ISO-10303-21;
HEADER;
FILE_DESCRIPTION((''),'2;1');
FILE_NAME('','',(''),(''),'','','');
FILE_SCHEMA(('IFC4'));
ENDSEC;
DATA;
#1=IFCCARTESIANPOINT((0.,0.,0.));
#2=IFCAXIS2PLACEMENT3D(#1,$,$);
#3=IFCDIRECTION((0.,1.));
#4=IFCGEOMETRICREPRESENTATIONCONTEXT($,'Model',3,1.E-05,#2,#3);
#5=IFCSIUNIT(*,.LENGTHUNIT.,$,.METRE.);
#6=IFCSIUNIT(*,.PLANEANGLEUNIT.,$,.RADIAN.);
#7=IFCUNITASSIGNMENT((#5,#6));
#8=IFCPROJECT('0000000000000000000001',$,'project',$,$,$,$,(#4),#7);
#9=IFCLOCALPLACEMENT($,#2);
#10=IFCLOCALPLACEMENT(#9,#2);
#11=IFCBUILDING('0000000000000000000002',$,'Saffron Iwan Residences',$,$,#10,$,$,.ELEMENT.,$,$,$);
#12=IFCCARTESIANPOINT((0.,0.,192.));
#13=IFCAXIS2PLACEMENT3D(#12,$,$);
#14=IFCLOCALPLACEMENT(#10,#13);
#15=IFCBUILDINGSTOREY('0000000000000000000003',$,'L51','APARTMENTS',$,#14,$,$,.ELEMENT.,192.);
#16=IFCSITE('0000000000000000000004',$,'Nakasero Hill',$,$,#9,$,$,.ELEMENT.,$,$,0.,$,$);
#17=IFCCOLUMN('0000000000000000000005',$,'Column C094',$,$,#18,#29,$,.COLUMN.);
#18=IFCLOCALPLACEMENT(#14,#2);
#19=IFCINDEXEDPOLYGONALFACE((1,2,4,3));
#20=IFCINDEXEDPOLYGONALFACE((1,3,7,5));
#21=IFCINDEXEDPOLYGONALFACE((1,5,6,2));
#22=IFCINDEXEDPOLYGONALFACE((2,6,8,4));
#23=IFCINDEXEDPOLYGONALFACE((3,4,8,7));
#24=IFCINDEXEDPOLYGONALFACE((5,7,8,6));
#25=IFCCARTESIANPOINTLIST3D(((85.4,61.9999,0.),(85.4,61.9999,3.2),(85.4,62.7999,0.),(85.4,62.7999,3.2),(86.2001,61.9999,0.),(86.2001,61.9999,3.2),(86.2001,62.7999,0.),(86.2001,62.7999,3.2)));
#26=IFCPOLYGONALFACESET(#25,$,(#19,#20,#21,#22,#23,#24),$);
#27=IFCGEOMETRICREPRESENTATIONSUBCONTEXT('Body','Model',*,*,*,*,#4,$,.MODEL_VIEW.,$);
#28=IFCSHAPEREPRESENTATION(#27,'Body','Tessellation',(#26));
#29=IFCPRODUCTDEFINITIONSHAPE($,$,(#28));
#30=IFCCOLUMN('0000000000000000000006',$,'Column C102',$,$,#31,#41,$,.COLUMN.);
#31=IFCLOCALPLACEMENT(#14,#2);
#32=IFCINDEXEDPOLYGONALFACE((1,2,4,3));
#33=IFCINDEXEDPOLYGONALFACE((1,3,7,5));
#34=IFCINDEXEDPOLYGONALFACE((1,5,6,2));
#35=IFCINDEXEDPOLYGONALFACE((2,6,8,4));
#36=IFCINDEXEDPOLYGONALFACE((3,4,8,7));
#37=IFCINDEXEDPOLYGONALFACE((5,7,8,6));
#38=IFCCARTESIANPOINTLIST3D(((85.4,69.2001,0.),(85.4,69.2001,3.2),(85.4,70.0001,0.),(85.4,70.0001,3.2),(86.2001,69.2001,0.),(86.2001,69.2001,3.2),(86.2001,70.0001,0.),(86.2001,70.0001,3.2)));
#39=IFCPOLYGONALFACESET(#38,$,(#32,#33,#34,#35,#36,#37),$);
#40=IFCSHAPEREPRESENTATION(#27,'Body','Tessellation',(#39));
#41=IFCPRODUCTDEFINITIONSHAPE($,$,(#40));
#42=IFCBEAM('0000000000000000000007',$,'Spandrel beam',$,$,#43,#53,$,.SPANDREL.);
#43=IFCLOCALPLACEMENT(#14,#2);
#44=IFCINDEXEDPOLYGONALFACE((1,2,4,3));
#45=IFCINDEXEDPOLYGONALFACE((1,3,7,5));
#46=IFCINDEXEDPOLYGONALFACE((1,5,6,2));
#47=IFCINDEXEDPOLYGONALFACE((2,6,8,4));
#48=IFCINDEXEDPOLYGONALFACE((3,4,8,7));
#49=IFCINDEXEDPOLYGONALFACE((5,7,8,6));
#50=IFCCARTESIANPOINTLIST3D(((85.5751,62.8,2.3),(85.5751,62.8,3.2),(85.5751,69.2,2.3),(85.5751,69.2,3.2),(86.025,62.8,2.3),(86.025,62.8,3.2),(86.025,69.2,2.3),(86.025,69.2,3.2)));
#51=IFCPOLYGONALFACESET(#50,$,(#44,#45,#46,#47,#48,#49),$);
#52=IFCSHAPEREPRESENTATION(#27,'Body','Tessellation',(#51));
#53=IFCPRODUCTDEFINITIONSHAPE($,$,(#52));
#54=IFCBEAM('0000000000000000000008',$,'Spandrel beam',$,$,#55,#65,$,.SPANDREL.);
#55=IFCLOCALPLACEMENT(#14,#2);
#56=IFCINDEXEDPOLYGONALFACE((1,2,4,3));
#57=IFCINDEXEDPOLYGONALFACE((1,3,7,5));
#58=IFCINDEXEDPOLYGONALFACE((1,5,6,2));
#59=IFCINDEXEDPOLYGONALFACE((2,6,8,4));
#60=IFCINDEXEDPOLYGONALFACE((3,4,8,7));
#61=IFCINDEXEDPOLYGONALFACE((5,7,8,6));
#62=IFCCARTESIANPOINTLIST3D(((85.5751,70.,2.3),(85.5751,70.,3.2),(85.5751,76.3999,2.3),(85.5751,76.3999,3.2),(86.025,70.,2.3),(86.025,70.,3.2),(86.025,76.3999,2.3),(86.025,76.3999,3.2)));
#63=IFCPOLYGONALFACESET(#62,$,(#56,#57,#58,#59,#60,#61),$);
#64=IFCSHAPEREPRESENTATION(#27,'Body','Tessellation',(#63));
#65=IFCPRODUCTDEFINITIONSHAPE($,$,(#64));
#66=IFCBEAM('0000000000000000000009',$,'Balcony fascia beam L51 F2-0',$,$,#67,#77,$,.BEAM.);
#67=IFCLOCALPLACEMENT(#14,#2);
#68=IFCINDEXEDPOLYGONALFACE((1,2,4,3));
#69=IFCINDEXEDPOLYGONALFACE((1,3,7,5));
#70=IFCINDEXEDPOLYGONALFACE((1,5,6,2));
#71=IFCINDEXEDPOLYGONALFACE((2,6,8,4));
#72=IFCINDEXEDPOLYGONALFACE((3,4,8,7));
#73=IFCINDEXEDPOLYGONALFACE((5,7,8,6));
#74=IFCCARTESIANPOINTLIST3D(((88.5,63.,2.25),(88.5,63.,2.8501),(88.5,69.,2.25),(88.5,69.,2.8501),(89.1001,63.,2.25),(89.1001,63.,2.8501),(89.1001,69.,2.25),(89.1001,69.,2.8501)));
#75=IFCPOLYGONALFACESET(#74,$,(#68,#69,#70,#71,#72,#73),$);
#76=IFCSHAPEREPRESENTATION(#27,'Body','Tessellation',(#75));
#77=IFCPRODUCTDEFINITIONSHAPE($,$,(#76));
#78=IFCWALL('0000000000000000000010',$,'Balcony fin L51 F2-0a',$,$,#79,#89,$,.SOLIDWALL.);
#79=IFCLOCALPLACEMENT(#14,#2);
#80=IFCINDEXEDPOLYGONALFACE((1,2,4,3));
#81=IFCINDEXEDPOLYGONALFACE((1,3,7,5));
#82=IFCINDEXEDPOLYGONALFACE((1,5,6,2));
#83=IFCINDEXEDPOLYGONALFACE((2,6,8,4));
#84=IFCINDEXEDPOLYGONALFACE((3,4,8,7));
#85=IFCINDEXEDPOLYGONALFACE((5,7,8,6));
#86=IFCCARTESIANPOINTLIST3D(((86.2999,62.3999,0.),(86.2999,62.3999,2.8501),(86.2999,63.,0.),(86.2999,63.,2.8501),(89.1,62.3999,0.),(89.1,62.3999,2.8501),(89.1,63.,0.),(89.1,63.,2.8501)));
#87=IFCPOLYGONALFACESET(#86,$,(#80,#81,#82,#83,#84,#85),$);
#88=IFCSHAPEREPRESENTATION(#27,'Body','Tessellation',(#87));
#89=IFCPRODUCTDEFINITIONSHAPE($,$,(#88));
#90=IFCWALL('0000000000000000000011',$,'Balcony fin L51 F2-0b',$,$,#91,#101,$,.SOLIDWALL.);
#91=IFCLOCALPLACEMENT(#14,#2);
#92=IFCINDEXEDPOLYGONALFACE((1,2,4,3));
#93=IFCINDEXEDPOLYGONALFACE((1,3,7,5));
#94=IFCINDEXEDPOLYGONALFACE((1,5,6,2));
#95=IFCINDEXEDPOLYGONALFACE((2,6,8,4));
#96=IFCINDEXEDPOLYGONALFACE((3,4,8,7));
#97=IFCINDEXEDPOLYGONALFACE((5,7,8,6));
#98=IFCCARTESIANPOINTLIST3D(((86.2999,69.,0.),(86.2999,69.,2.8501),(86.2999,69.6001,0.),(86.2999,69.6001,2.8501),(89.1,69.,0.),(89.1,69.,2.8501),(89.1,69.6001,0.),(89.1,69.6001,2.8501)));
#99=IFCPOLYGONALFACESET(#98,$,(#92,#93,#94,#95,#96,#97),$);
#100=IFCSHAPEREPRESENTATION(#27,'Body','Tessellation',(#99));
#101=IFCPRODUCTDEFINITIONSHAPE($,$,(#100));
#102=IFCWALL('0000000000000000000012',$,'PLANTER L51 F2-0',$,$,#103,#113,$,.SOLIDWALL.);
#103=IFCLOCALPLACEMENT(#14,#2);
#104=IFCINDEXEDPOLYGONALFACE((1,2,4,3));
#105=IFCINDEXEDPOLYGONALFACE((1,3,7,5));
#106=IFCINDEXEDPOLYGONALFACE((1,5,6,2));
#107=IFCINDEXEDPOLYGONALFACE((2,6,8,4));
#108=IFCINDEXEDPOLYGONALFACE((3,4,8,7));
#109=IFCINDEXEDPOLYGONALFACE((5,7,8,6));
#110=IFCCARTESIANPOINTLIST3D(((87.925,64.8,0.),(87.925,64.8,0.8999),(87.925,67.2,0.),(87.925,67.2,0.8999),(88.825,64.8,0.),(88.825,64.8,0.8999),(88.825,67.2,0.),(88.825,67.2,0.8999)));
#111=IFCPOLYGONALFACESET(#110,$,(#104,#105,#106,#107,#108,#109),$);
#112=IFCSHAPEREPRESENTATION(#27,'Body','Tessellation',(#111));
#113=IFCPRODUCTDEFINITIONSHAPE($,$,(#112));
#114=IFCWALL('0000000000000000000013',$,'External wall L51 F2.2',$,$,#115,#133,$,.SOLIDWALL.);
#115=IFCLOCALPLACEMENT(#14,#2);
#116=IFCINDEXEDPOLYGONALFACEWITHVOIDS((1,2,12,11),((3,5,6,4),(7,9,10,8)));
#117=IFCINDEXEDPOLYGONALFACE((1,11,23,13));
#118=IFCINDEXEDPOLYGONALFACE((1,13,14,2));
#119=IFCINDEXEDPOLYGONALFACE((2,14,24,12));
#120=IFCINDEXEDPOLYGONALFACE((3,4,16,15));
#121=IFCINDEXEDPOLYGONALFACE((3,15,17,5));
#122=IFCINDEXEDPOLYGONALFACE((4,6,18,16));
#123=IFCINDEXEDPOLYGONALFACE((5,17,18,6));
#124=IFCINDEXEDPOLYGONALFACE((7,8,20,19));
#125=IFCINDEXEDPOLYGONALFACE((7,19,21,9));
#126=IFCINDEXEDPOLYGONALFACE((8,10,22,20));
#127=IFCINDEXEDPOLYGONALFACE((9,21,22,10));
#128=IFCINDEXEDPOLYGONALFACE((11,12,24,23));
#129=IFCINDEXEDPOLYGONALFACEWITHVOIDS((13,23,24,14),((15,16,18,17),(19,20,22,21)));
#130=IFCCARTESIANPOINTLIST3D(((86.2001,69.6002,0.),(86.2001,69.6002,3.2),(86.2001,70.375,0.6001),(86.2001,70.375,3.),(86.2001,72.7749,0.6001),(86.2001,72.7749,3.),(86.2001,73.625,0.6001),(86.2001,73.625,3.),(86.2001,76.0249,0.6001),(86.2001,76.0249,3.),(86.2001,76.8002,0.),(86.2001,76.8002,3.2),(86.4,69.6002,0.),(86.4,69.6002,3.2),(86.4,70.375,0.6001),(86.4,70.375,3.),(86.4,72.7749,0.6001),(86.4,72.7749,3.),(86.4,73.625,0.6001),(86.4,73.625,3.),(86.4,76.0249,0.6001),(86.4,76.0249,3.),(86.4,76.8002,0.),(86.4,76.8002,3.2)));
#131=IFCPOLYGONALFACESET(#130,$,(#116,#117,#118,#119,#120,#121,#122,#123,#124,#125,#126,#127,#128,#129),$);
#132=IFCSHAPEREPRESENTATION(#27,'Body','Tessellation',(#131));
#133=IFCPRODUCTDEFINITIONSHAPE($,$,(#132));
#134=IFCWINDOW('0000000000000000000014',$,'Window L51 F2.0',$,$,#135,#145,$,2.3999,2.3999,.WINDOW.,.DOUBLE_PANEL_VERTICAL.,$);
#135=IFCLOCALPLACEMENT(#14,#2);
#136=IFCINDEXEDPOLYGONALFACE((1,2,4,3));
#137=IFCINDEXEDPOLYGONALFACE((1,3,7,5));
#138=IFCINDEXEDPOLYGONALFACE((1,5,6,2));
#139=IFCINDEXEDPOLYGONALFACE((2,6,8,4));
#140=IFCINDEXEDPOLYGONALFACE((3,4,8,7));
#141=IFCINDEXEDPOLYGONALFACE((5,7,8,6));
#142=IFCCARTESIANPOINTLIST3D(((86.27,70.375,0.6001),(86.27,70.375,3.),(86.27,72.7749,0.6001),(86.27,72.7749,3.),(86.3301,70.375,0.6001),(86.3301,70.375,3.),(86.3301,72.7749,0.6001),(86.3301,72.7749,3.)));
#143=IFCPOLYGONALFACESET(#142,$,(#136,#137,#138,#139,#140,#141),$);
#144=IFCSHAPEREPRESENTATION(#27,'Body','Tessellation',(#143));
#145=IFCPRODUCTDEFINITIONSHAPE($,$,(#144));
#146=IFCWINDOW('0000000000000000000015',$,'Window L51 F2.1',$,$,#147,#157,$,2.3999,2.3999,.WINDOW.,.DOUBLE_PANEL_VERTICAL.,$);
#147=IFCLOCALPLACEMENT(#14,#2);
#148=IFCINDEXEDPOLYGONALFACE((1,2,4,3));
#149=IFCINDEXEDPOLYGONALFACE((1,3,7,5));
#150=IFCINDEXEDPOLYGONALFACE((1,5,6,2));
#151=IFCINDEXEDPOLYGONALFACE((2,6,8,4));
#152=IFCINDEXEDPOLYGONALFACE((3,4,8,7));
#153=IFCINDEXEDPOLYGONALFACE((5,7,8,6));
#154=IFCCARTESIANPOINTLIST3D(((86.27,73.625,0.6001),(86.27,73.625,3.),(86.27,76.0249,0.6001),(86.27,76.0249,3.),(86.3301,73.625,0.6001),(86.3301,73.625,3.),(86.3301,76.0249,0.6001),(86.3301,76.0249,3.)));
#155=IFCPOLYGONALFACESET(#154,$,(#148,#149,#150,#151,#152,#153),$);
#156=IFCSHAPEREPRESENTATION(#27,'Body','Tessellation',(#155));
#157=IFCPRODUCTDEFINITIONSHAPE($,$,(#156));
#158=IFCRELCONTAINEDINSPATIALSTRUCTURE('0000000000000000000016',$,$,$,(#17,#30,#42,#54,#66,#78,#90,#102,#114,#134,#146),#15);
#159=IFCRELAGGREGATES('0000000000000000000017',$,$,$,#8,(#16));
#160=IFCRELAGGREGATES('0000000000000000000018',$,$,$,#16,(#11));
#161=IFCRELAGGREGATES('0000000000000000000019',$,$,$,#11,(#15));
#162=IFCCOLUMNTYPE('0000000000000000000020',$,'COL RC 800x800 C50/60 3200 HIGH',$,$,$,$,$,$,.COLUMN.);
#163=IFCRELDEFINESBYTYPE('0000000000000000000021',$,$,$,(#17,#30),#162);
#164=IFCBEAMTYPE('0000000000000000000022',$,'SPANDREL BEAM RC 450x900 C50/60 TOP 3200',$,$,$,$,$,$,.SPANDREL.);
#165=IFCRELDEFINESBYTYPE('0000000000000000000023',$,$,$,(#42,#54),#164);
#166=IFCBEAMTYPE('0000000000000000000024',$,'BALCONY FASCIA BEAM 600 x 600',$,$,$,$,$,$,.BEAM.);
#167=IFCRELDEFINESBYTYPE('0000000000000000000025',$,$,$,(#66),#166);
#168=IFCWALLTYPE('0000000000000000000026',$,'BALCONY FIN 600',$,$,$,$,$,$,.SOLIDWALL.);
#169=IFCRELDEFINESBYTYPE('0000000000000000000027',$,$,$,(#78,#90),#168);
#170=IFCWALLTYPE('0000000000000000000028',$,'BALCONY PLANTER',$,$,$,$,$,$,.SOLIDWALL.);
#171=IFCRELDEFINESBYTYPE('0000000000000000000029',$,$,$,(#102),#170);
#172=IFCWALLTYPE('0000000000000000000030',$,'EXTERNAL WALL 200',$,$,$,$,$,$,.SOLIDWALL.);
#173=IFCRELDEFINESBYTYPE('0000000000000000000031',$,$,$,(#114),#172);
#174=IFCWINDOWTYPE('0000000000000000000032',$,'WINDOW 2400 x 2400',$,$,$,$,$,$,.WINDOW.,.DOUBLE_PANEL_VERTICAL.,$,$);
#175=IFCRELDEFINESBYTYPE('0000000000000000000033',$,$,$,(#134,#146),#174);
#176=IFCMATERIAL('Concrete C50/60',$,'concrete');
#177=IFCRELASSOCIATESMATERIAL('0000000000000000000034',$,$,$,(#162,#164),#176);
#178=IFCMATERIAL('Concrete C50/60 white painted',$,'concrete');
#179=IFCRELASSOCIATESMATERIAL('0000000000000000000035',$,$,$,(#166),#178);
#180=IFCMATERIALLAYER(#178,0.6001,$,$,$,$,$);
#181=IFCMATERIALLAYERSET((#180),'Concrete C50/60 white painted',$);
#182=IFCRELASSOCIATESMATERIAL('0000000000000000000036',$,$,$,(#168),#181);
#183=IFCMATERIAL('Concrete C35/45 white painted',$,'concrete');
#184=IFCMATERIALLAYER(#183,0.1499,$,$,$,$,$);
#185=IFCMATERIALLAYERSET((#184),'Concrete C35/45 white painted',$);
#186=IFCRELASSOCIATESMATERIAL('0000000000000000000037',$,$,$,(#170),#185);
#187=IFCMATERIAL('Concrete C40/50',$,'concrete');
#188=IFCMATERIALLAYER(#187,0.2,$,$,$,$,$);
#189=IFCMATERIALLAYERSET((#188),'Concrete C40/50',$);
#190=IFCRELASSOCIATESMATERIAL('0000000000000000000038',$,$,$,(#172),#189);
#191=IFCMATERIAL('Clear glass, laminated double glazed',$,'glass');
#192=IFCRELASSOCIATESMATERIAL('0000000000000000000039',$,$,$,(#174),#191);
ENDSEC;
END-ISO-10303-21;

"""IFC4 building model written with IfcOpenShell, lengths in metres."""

from ifc_helpers import new_model, si_unit, direction, frame, frame_2d, origin, origin_2d, place, context, subcontext, project, spatial, rectangle, extrude, source, transform, mapped, material, layer, layer_set, material_profile, profile_set, type_object, element, fill, save


model = new_model("IFC4")

# Units and contexts
model_context = context("Model", 3, precision=1e-05, world=origin(), true_north=direction((0.0, 1.0)))
body_context = subcontext(model_context, "Body", "Model", "MODEL_VIEW")
ifc_project = project(units=[si_unit("LENGTHUNIT", "METRE"), si_unit("PLANEANGLEUNIT", "RADIAN")], contexts=[model_context])

# Site, building, storey
site_placement = place(None, origin())
site = spatial("IfcSite", under=ifc_project, at=site_placement, Name="Nakasero Hill", CompositionType="ELEMENT", RefElevation=0.0)
building_placement = place(site_placement, origin())
building = spatial("IfcBuilding", under=site, at=building_placement, Name="Saffron Iwan Residences", CompositionType="ELEMENT")
storey_placement = place(building_placement, frame((0.0, 0.0, 192.0)))
storey = spatial("IfcBuildingStorey", under=building, at=storey_placement, Name="L51", Description="APARTMENTS", CompositionType="ELEMENT", Elevation=192.0)

# Columns
ifc_material_1 = material(Name="Concrete C50/60", Category="concrete")
ifc_material_profile_1 = material_profile(ifc_material_1, rectangle(XDim=0.8, YDim=0.8, at=origin_2d()), Name="RC 800x800")
ifc_profile_set_1 = profile_set([ifc_material_profile_1], Name="Concrete C50/60")
column_type = type_object("IfcColumnType", Name="COL RC 800x800 C50/60 3200 HIGH", PredefinedType="COLUMN", material=ifc_profile_set_1)
shared_shape_1 = source(origin(), body_context, "Body", "SweptSolid", [
    extrude(rectangle(XDim=0.8, YDim=0.8, at=origin_2d()), origin(), (0.0, 0.0, 1.0), 3.2),
])
for number, where, z_axis, x_axis, name in (
    (1, (85.8, 62.3999, 0.0), (0.0, 0.0, 1.0), (1.0, 0.0, 0.0), "Column C094"),
    (2, (85.8, 69.6001, 0.0), (0.0, 0.0, 1.0), (1.0, 0.0, 0.0), "Column C102"),
):
    element("IfcColumn", number, at=place(storey_placement, frame(where, z_axis=z_axis, x_axis=x_axis)), inside=storey, type_object=column_type, Name=name, PredefinedType="COLUMN", context=body_context, shape_type="MappedRepresentation", body=[
        mapped(shared_shape_1, transform((0.0, 0.0, 0.0))),
    ])

# Beams
ifc_material_profile_2 = material_profile(ifc_material_1, rectangle(XDim=0.45, YDim=0.8999, at=origin_2d()), Name="RC 450x900")
ifc_profile_set_2 = profile_set([ifc_material_profile_2], Name="Concrete C50/60")
beam_type_1 = type_object("IfcBeamType", Name="SPANDREL BEAM RC 450x900 C50/60 TOP 3200", PredefinedType="SPANDREL", material=ifc_profile_set_2)
shared_shape_2 = source(origin(), body_context, "Body", "SweptSolid", [
    extrude(rectangle(XDim=0.45, YDim=0.8999, at=origin_2d()), origin(), (0.0, 0.0, 1.0), 6.3999),
])
for number, where, z_axis, x_axis, name in (
    (3, (85.8, 69.2, 2.75), (0.0, -1.0, 0.0), (1.0, 0.0, 0.0), "Spandrel beam"),
    (4, (85.8, 76.3999, 2.75), (0.0, -1.0, 0.0), (1.0, 0.0, 0.0), "Spandrel beam"),
):
    element("IfcBeam", number, at=place(storey_placement, frame(where, z_axis=z_axis, x_axis=x_axis)), inside=storey, type_object=beam_type_1, Name=name, PredefinedType="SPANDREL", context=body_context, shape_type="MappedRepresentation", body=[
        mapped(shared_shape_2, transform((0.0, 0.0, 0.0))),
    ])
ifc_material_2 = material(Name="Concrete C50/60 white painted", Category="concrete")
ifc_material_profile_3 = material_profile(ifc_material_2, rectangle(XDim=0.6001, YDim=0.6001, at=origin_2d()), Name="BALCONY FASCIA BEAM 600 x 600")
ifc_profile_set_3 = profile_set([ifc_material_profile_3], Name="Concrete C50/60 white painted")
beam_type_2 = type_object("IfcBeamType", Name="BALCONY FASCIA BEAM 600 x 600", PredefinedType="BEAM", material=ifc_profile_set_3)
shared_shape_3 = source(origin(), body_context, "Body", "SweptSolid", [
    extrude(rectangle(XDim=0.6001, YDim=0.6001, at=origin_2d()), origin(), (0.0, 0.0, 1.0), 6.0),
])
beam_placement = place(storey_placement, frame((88.8, 63.0, 2.55), z_axis=(0.0, 1.0, 0.0), x_axis=(-1.0, 0.0, 0.0)))
element("IfcBeam", 5, at=beam_placement, inside=storey, type_object=beam_type_2, Name="Balcony fascia beam L51 F2-0", PredefinedType="BEAM", context=body_context, shape_type="MappedRepresentation", body=[
    mapped(shared_shape_3, transform((0.0, 0.0, 0.0))),
])

# Walls
ifc_layer_1 = layer(ifc_material_2, 0.6001)
ifc_layer_set_1 = layer_set([ifc_layer_1], Name="Concrete C50/60 white painted")
wall_type_1 = type_object("IfcWallType", Name="BALCONY FIN 600", PredefinedType="SOLIDWALL", material=ifc_layer_set_1)
for number, where, z_axis, x_axis, name in (
    (6, (86.3, 62.7, 0.0), (0.0, 0.0, 1.0), (1.0, 0.0, 0.0), "Balcony fin L51 F2-0a"),
    (7, (86.3, 69.3, 0.0), (0.0, 0.0, 1.0), (1.0, 0.0, 0.0), "Balcony fin L51 F2-0b"),
):
    element("IfcWall", number, at=place(storey_placement, frame(where, z_axis=z_axis, x_axis=x_axis)), inside=storey, type_object=wall_type_1, Name=name, PredefinedType="SOLIDWALL", context=body_context, shape_type="SweptSolid", body=[
        extrude(rectangle(XDim=2.8, YDim=0.6001, at=frame_2d((1.3999, 0.0))), origin(), (0.0, 0.0, 1.0), 2.8501),
    ])
ifc_material_3 = material(Name="Concrete C35/45 white painted", Category="concrete")
ifc_layer_2 = layer(ifc_material_3, 0.1499)
ifc_layer_set_2 = layer_set([ifc_layer_2], Name="Concrete C35/45 white painted")
wall_type_2 = type_object("IfcWallType", Name="BALCONY PLANTER", PredefinedType="SOLIDWALL", material=ifc_layer_set_2)
wall_1_placement = place(storey_placement, frame((88.375, 64.8, 0.0), z_axis=(0.0, 0.0, 1.0), x_axis=(0.0, 1.0, 0.0)))
element("IfcWall", 8, at=wall_1_placement, inside=storey, type_object=wall_type_2, Name="PLANTER L51 F2-0", PredefinedType="SOLIDWALL", context=body_context, shape_type="SweptSolid", body=[
    extrude(rectangle(XDim=2.3999, YDim=0.8999, at=frame_2d((1.2, 0.0))), origin(), (0.0, 0.0, 1.0), 0.8999),
])

# Shared definitions
ifc_material_4 = material(Name="Concrete C40/50", Category="concrete")
ifc_layer_3 = layer(ifc_material_4, 0.2)
ifc_layer_set_3 = layer_set([ifc_layer_3], Name="Concrete C40/50")
wall_type_3 = type_object("IfcWallType", Name="EXTERNAL WALL 200", PredefinedType="SOLIDWALL", material=ifc_layer_set_3)
ifc_material_5 = material(Name="Clear glass, laminated double glazed", Category="glass")

# Wall, openings, windows
wall_2_placement = place(storey_placement, frame((86.3, 69.6001, 0.0), z_axis=(0.0, 0.0, 1.0), x_axis=(0.0, 1.0, 0.0)))
wall_2 = element("IfcWall", 9, at=wall_2_placement, inside=storey, type_object=wall_type_3, Name="External wall L51 F2.2", PredefinedType="SOLIDWALL", context=body_context, shape_type="SweptSolid", body=[
    extrude(rectangle(XDim=7.2, YDim=0.2, at=frame_2d((3.6001, 0.0))), origin(), (0.0, 0.0, 1.0), 3.2),
])
opening_1_placement = place(wall_2_placement, frame((0.7749, 0.0, 0.6001)))
opening_1 = element("IfcOpeningElement", 10, at=opening_1_placement, cuts=wall_2, PredefinedType="OPENING", context=body_context, shape_type="SweptSolid", body=[
    extrude(rectangle(XDim=2.3999, YDim=2.3999, at=frame_2d((1.2, 1.2))), frame((0.0, 0.1099, 0.0), z_axis=(0.0, -1.0, 0.0), x_axis=(1.0, 0.0, 0.0)), (0.0, 0.0, 1.0), 0.22),
])
opening_2_placement = place(wall_2_placement, frame((4.0249, 0.0, 0.6001)))
opening_2 = element("IfcOpeningElement", 11, at=opening_2_placement, cuts=wall_2, PredefinedType="OPENING", context=body_context, shape_type="SweptSolid", body=[
    extrude(rectangle(XDim=2.3999, YDim=2.3999, at=frame_2d((1.2, 1.2))), frame((0.0, 0.1099, 0.0), z_axis=(0.0, -1.0, 0.0), x_axis=(1.0, 0.0, 0.0)), (0.0, 0.0, 1.0), 0.22),
])
window_type_1 = type_object("IfcWindowType", Name="WINDOW 2400 x 2400", PartitioningType="DOUBLE_PANEL_VERTICAL", PredefinedType="WINDOW", material=ifc_material_5)
window_1_placement = place(opening_1_placement, origin())
window_1 = element("IfcWindow", 12, at=window_1_placement, inside=storey, type_object=window_type_1, Name="Window L51 F2.0", OverallHeight=2.3999, OverallWidth=2.3999, PartitioningType="DOUBLE_PANEL_VERTICAL", PredefinedType="WINDOW", context=body_context, shape_type="SweptSolid", body=[
    extrude(rectangle(XDim=2.3999, YDim=2.3999, at=frame_2d((1.2, 1.2))), frame((0.0, 0.03, 0.0), z_axis=(0.0, -1.0, 0.0), x_axis=(1.0, 0.0, 0.0)), (0.0, 0.0, 1.0), 0.0601),
])
fill(opening_1, window_1)
window_2_placement = place(opening_2_placement, origin())
window_2 = element("IfcWindow", 13, at=window_2_placement, inside=storey, type_object=window_type_1, Name="Window L51 F2.1", OverallHeight=2.3999, OverallWidth=2.3999, PartitioningType="DOUBLE_PANEL_VERTICAL", PredefinedType="WINDOW", context=body_context, shape_type="SweptSolid", body=[
    extrude(rectangle(XDim=2.3999, YDim=2.3999, at=frame_2d((1.2, 1.2))), frame((0.0, 0.03, 0.0), z_axis=(0.0, -1.0, 0.0), x_axis=(1.0, 0.0, 0.0)), (0.0, 0.0, 1.0), 0.0601),
])
fill(opening_2, window_2)

save(model, "model.ifc")
